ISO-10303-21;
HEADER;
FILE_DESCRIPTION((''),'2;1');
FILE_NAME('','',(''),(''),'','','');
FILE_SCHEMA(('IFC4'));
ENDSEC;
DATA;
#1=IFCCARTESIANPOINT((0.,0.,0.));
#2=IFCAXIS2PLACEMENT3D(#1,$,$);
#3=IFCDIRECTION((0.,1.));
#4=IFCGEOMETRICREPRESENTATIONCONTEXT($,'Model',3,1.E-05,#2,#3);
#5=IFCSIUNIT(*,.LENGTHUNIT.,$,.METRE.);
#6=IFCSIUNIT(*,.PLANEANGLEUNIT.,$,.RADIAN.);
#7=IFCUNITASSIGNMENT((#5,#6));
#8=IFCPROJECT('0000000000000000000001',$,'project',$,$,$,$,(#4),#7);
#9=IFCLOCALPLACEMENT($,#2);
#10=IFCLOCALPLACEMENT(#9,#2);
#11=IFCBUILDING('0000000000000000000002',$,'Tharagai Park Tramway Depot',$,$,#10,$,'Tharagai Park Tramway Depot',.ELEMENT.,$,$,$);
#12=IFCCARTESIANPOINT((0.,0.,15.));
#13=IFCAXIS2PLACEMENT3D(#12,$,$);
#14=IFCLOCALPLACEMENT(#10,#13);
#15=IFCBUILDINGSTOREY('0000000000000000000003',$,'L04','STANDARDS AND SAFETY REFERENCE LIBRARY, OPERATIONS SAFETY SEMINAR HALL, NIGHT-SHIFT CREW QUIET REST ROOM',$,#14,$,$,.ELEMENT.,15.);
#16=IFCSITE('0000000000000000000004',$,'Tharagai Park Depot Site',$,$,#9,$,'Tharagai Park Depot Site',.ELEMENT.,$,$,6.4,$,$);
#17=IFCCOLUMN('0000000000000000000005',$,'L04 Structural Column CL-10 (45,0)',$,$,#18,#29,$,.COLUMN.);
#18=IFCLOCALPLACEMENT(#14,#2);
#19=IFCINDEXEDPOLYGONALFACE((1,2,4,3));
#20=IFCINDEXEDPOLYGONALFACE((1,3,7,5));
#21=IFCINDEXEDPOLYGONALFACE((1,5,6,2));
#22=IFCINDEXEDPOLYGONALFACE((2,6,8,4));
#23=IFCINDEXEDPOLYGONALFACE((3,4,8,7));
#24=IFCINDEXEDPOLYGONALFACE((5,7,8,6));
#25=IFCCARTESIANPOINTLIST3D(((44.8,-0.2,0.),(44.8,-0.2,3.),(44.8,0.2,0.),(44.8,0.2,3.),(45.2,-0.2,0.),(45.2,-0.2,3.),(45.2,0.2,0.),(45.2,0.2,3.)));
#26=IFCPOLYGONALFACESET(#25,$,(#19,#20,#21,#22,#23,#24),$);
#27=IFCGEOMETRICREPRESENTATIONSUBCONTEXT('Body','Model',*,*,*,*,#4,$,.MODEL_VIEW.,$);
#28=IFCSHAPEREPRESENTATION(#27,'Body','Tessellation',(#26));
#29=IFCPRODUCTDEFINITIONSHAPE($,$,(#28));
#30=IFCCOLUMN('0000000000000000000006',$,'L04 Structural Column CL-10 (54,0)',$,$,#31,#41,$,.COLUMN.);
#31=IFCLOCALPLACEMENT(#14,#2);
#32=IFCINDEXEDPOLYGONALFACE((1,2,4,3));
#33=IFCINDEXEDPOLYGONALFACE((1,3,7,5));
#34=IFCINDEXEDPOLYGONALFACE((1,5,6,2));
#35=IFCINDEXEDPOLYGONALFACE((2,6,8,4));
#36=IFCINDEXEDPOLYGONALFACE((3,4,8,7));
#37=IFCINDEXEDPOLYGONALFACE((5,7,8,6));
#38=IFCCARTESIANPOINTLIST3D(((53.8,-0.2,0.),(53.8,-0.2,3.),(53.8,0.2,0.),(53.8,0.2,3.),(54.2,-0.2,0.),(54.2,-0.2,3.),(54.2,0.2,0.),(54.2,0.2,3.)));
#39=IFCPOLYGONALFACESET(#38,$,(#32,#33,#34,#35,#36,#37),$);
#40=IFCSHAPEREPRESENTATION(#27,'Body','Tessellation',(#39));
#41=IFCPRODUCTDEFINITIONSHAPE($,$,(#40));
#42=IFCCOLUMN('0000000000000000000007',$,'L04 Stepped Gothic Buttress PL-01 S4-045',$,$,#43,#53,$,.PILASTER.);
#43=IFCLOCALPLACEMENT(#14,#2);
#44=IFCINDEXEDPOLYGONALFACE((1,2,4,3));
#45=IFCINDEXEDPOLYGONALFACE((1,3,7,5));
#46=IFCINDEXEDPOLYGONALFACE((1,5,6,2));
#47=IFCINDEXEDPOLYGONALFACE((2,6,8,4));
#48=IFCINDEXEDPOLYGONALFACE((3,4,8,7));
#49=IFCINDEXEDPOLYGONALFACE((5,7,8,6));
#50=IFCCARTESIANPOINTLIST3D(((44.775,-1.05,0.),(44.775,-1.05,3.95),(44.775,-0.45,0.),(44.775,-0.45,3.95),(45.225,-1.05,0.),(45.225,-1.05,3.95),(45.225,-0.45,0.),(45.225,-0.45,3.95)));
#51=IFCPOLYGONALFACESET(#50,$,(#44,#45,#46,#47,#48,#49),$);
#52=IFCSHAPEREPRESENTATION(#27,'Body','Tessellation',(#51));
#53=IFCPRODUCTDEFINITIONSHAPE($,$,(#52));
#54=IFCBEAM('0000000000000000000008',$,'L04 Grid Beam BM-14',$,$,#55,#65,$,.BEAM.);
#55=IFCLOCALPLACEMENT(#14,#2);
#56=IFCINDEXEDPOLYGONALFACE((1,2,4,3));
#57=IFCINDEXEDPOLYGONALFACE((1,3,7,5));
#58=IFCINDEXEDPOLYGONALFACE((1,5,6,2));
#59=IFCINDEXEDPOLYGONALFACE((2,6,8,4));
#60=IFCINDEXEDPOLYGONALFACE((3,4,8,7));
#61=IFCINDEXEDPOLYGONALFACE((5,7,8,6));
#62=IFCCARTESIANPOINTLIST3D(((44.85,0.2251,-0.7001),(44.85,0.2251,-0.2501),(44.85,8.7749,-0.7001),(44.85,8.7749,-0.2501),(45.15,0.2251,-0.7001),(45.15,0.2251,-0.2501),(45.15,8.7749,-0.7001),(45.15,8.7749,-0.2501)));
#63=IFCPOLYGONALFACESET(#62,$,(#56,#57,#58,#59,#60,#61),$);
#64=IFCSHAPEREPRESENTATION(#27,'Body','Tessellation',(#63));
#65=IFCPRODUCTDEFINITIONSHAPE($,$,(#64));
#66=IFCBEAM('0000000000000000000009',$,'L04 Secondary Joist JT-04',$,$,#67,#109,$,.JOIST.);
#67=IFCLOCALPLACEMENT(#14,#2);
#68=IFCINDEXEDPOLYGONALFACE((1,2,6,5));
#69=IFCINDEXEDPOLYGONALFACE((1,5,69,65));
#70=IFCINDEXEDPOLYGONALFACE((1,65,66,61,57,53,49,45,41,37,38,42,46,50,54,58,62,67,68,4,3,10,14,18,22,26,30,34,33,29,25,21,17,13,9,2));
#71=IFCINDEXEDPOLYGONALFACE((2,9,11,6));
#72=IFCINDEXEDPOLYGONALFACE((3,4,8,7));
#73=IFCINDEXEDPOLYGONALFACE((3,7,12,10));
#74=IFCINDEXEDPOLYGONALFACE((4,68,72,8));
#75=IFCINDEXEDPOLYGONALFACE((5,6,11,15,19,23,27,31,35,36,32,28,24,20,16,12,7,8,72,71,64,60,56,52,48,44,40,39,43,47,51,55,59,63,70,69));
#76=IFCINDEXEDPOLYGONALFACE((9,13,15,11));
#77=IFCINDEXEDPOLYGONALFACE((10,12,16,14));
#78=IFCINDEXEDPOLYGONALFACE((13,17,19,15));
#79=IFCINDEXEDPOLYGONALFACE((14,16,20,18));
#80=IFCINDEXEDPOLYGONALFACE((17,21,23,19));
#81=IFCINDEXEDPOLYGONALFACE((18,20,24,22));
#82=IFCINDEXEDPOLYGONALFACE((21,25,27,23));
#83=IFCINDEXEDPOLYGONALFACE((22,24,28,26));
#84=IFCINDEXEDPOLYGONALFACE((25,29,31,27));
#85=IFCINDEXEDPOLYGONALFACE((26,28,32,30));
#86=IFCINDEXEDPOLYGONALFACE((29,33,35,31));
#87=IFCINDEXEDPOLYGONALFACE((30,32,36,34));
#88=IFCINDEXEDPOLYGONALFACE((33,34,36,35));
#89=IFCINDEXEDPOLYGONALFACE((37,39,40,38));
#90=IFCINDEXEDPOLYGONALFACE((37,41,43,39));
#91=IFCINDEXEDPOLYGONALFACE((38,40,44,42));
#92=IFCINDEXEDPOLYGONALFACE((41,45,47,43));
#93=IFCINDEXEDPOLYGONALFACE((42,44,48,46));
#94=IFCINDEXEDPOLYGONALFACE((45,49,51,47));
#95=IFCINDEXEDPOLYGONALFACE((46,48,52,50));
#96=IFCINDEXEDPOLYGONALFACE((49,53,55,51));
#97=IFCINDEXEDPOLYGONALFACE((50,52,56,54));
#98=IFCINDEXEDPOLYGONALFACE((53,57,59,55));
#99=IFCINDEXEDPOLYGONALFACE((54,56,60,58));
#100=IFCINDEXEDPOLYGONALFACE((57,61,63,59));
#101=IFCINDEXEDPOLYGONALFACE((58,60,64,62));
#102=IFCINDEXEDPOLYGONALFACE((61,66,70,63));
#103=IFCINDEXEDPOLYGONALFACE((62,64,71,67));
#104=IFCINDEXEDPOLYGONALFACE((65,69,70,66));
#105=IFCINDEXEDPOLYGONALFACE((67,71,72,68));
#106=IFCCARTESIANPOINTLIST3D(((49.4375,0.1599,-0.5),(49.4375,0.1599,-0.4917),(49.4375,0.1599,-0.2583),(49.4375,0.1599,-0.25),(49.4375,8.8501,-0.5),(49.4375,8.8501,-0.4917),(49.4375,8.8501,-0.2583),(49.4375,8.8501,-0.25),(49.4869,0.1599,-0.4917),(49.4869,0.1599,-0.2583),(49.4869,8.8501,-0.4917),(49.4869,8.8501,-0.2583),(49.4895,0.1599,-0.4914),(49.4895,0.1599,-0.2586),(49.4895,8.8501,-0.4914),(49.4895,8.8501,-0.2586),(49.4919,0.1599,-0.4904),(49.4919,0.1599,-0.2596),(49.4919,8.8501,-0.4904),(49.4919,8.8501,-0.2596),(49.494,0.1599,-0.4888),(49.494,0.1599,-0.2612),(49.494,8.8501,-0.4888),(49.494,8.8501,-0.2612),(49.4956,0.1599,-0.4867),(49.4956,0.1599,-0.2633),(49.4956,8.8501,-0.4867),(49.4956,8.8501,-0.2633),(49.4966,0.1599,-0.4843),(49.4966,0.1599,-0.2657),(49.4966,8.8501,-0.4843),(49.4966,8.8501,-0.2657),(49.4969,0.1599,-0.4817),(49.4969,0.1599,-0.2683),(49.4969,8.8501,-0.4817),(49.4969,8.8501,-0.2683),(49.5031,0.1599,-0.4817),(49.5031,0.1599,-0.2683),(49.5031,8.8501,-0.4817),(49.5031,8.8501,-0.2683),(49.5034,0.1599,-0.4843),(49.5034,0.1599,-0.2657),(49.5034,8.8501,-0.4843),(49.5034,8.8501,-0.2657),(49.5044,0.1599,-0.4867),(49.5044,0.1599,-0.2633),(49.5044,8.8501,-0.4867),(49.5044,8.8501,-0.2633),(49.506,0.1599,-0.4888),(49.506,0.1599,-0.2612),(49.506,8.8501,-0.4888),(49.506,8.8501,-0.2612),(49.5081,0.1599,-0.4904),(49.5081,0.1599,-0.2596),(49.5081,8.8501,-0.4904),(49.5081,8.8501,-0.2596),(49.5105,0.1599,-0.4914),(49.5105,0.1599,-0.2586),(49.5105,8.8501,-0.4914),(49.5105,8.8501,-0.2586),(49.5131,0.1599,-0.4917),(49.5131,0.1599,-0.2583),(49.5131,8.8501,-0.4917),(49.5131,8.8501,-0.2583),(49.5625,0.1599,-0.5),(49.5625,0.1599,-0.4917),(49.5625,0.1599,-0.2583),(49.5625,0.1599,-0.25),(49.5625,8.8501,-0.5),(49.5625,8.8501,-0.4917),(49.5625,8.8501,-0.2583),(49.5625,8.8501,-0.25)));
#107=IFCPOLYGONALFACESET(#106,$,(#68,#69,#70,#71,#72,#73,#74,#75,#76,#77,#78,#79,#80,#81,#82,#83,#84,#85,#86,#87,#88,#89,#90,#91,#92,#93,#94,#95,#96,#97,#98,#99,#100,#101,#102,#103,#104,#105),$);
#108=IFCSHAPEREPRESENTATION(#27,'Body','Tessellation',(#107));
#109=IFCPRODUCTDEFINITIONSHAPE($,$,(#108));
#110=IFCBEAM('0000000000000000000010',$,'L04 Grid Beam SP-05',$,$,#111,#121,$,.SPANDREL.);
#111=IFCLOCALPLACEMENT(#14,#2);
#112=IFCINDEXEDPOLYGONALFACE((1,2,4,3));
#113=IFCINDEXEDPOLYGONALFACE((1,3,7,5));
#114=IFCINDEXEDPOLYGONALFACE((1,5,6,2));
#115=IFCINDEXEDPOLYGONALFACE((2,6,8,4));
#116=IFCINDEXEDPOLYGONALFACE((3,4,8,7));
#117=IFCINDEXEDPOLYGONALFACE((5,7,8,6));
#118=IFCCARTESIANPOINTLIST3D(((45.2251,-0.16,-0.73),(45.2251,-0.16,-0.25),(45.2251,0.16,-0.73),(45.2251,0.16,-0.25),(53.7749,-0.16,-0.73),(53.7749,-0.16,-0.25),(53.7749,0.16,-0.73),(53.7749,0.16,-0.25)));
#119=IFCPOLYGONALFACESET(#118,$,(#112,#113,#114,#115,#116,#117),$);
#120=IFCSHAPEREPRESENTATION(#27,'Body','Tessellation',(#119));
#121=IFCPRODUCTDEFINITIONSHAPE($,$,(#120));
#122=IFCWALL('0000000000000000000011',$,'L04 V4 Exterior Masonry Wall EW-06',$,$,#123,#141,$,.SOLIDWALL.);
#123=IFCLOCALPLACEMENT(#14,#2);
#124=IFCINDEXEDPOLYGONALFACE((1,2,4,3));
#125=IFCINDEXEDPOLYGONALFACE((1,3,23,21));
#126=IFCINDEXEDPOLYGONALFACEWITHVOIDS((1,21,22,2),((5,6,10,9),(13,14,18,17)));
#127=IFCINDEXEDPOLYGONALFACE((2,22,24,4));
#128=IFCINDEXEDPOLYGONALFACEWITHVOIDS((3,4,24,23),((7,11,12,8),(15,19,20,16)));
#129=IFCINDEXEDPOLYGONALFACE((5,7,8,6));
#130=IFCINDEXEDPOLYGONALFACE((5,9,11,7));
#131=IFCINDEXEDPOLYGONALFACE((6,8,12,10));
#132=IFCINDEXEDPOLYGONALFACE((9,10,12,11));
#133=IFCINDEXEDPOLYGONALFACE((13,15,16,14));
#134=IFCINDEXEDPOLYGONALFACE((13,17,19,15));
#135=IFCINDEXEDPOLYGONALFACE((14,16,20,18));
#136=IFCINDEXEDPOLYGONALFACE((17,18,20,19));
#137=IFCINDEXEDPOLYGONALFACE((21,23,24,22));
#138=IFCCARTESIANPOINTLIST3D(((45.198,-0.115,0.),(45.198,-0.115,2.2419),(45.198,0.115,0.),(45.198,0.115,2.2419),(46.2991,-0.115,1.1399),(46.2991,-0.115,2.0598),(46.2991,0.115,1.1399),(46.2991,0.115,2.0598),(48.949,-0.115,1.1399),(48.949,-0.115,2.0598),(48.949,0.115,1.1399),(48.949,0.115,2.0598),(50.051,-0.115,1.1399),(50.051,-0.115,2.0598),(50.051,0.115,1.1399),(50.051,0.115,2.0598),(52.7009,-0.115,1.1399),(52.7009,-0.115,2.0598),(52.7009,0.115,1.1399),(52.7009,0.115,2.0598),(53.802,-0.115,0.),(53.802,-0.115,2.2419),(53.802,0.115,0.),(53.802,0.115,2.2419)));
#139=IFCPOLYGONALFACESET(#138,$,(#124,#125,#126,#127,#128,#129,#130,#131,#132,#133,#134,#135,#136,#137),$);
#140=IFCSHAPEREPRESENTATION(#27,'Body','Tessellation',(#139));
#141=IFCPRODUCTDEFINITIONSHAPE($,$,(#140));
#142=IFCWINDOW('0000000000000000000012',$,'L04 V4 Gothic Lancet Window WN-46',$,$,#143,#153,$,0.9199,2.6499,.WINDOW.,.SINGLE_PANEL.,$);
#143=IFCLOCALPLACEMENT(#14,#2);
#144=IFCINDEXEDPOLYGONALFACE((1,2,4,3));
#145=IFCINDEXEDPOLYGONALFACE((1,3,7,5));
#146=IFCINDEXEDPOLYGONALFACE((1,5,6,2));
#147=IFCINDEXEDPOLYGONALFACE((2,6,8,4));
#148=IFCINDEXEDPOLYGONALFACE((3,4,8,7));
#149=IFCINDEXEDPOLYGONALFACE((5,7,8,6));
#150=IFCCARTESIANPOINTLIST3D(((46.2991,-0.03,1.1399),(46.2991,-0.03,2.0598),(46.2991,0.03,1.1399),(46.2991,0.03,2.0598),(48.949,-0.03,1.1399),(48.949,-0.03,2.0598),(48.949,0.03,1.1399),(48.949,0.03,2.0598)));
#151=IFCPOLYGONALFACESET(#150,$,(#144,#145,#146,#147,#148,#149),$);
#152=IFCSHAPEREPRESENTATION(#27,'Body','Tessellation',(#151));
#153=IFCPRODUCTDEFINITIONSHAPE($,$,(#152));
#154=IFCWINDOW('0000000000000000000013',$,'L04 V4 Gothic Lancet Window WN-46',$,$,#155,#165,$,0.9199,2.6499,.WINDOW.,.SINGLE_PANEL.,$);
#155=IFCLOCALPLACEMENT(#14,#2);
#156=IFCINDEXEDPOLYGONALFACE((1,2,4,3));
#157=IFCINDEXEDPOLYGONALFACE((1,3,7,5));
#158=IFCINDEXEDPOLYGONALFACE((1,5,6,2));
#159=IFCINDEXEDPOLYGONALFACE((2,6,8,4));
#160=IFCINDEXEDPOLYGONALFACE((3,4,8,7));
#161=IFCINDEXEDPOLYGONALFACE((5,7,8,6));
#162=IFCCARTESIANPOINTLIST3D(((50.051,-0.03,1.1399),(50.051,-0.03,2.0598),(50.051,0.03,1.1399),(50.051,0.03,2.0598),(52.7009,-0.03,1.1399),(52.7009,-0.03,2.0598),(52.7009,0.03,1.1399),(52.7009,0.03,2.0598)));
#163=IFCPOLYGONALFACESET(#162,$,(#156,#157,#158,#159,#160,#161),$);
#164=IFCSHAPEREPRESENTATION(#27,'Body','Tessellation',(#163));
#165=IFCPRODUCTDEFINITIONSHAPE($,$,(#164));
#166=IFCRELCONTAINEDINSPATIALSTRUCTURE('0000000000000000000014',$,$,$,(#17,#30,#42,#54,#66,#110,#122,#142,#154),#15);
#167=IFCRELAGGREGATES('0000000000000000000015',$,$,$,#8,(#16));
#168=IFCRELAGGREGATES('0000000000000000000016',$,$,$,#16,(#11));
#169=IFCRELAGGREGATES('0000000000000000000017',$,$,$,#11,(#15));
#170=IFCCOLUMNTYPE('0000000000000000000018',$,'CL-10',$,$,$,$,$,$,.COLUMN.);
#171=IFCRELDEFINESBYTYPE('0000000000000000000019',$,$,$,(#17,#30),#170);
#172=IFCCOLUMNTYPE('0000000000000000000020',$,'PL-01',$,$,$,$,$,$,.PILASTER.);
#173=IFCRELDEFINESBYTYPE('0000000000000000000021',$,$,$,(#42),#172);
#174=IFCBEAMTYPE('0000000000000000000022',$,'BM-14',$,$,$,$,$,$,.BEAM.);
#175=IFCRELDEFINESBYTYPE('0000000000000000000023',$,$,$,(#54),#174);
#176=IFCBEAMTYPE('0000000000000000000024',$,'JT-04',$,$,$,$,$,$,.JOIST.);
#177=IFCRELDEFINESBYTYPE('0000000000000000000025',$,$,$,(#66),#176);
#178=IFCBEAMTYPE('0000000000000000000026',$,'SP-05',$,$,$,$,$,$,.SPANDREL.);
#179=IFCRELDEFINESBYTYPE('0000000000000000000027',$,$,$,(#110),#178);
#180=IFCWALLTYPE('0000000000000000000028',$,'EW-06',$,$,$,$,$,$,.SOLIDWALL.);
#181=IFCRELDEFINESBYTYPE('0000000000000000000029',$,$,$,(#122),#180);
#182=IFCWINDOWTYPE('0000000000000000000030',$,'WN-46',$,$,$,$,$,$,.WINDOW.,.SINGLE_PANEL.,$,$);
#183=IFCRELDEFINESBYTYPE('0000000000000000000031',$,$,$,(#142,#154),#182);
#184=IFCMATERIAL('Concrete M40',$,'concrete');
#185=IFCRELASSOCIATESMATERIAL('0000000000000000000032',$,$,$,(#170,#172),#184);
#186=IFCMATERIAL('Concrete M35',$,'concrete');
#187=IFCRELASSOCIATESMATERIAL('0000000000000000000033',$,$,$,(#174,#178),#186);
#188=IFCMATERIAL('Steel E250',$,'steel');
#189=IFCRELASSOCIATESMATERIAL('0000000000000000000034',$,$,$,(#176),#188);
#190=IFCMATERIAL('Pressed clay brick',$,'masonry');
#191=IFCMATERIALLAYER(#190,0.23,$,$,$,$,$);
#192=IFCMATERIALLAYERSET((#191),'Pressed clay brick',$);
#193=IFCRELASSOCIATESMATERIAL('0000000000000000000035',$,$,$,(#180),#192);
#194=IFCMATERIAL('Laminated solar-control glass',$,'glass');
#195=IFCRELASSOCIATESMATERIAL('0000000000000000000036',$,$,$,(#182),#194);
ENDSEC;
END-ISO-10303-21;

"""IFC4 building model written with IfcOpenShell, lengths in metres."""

from ifc_helpers import new_model, si_unit, direction, frame, frame_2d, origin, origin_2d, place, context, subcontext, project, spatial, rectangle, i_section, extrude, material, layer, layer_set, material_profile, profile_set, type_object, element, fill, save


model = new_model("IFC4")

# Units and contexts
model_context = context("Model", 3, precision=1e-05, world=origin(), true_north=direction((0.0, 1.0)))
body_context = subcontext(model_context, "Body", "Model", "MODEL_VIEW")
ifc_project = project(units=[si_unit("LENGTHUNIT", "METRE"), si_unit("PLANEANGLEUNIT", "RADIAN")], contexts=[model_context])

# Site, building, storey
site_placement = place(None, origin())
site = spatial("IfcSite", under=ifc_project, at=site_placement, Name="Tharagai Park Depot Site", LongName="Tharagai Park Depot Site", CompositionType="ELEMENT", RefElevation=6.4)
building_placement = place(site_placement, origin())
building = spatial("IfcBuilding", under=site, at=building_placement, Name="Tharagai Park Tramway Depot", LongName="Tharagai Park Tramway Depot", CompositionType="ELEMENT")
storey_placement = place(building_placement, frame((0.0, 0.0, 15.0)))
storey = spatial("IfcBuildingStorey", under=building, at=storey_placement, Name="L04", Description="STANDARDS AND SAFETY REFERENCE LIBRARY, OPERATIONS SAFETY SEMINAR HALL, NIGHT-SHIFT CREW QUIET REST ROOM", CompositionType="ELEMENT", Elevation=15.0)

# Columns
ifc_material_1 = material(Name="Concrete M40", Category="concrete")
ifc_material_profile_1 = material_profile(ifc_material_1, rectangle(XDim=0.3999, YDim=0.3999, at=origin_2d()), Name="RC 400x400")
ifc_profile_set_1 = profile_set([ifc_material_profile_1], Name="Concrete M40")
column_type_1 = type_object("IfcColumnType", Name="CL-10", PredefinedType="COLUMN", material=ifc_profile_set_1)
for number, where, z_axis, x_axis, name in (
    (1, (45.0, 0.0, 0.0), (0.0, 0.0, 1.0), (1.0, 0.0, 0.0), "L04 Structural Column CL-10 (45,0)"),
    (2, (54.0, 0.0, 0.0), (0.0, 0.0, 1.0), (1.0, 0.0, 0.0), "L04 Structural Column CL-10 (54,0)"),
):
    element("IfcColumn", number, at=place(storey_placement, frame(where, z_axis=z_axis, x_axis=x_axis)), inside=storey, type_object=column_type_1, Name=name, PredefinedType="COLUMN", context=body_context, shape_type="SweptSolid", body=[
        extrude(rectangle(XDim=0.3999, YDim=0.3999, at=origin_2d()), origin(), (0.0, 0.0, 1.0), 3.0),
    ])
ifc_material_profile_2 = material_profile(ifc_material_1, rectangle(XDim=0.45, YDim=0.6001, at=origin_2d()), Name="RC 450x600")
ifc_profile_set_2 = profile_set([ifc_material_profile_2], Name="Concrete M40")
column_type_2 = type_object("IfcColumnType", Name="PL-01", PredefinedType="PILASTER", material=ifc_profile_set_2)
column_placement = place(storey_placement, frame((45.0, -0.75, 0.0), z_axis=(0.0, 0.0, 1.0), x_axis=(1.0, 0.0, 0.0)))
element("IfcColumn", 3, at=column_placement, inside=storey, type_object=column_type_2, Name="L04 Stepped Gothic Buttress PL-01 S4-045", PredefinedType="PILASTER", context=body_context, shape_type="SweptSolid", body=[
    extrude(rectangle(XDim=0.45, YDim=0.6001, at=origin_2d()), origin(), (0.0, 0.0, 1.0), 3.95),
])

# Beams
ifc_material_2 = material(Name="Concrete M35", Category="concrete")
ifc_material_profile_3 = material_profile(ifc_material_2, rectangle(XDim=0.3, YDim=0.45, at=origin_2d()), Name="RC 300x450")
ifc_profile_set_3 = profile_set([ifc_material_profile_3], Name="Concrete M35")
beam_type_1 = type_object("IfcBeamType", Name="BM-14", PredefinedType="BEAM", material=ifc_profile_set_3)
beam_1_placement = place(storey_placement, frame((45.0, 0.2251, -0.4751), z_axis=(0.0, 1.0, 0.0), x_axis=(-1.0, 0.0, 0.0)))
element("IfcBeam", 4, at=beam_1_placement, inside=storey, type_object=beam_type_1, Name="L04 Grid Beam BM-14", PredefinedType="BEAM", context=body_context, shape_type="SweptSolid", body=[
    extrude(rectangle(XDim=0.3, YDim=0.45, at=origin_2d()), origin(), (0.0, 0.0, 1.0), 8.5498),
])
ifc_material_3 = material(Name="Steel E250", Category="steel")
ifc_material_profile_4 = material_profile(ifc_material_3, i_section(OverallWidth=0.125, OverallDepth=0.25, WebThickness=0.0061, FlangeThickness=0.0083, FilletRadius=0.01, at=origin_2d()), Name="ISLB 250")
ifc_profile_set_4 = profile_set([ifc_material_profile_4], Name="Steel E250")
beam_type_2 = type_object("IfcBeamType", Name="JT-04", PredefinedType="JOIST", material=ifc_profile_set_4)
beam_2_placement = place(storey_placement, frame((49.5, 0.1599, -0.375), z_axis=(0.0, 1.0, 0.0), x_axis=(-1.0, 0.0, 0.0)))
element("IfcBeam", 5, at=beam_2_placement, inside=storey, type_object=beam_type_2, Name="L04 Secondary Joist JT-04", PredefinedType="JOIST", context=body_context, shape_type="SweptSolid", body=[
    extrude(i_section(OverallWidth=0.125, OverallDepth=0.25, WebThickness=0.0061, FlangeThickness=0.0083, FilletRadius=0.01, at=origin_2d()), origin(), (0.0, 0.0, 1.0), 8.6902),
])
ifc_material_profile_5 = material_profile(ifc_material_2, rectangle(XDim=0.3201, YDim=0.48, at=origin_2d()), Name="RC 320x480")
ifc_profile_set_5 = profile_set([ifc_material_profile_5], Name="Concrete M35")
beam_type_3 = type_object("IfcBeamType", Name="SP-05", PredefinedType="SPANDREL", material=ifc_profile_set_5)
beam_3_placement = place(storey_placement, frame((45.2251, 0.0, -0.49), z_axis=(1.0, 0.0, 0.0), x_axis=(0.0, 1.0, 0.0)))
element("IfcBeam", 6, at=beam_3_placement, inside=storey, type_object=beam_type_3, Name="L04 Grid Beam SP-05", PredefinedType="SPANDREL", context=body_context, shape_type="SweptSolid", body=[
    extrude(rectangle(XDim=0.3201, YDim=0.48, at=origin_2d()), origin(), (0.0, 0.0, 1.0), 8.5498),
])

# Wall, openings, windows
ifc_material_4 = material(Name="Pressed clay brick", Category="masonry")
ifc_layer_1 = layer(ifc_material_4, 0.23)
ifc_layer_set_1 = layer_set([ifc_layer_1], Name="Pressed clay brick")
wall_type_1 = type_object("IfcWallType", Name="EW-06", PredefinedType="SOLIDWALL", material=ifc_layer_set_1)
wall_1_placement = place(storey_placement, frame((45.198, 0.0, 0.0), z_axis=(0.0, 0.0, 1.0), x_axis=(1.0, 0.0, 0.0)))
wall_1 = element("IfcWall", 7, at=wall_1_placement, inside=storey, type_object=wall_type_1, Name="L04 V4 Exterior Masonry Wall EW-06", PredefinedType="SOLIDWALL", context=body_context, shape_type="SweptSolid", body=[
    extrude(rectangle(XDim=8.604, YDim=0.23, at=frame_2d((4.302, 0.0))), origin(), (0.0, 0.0, 1.0), 2.2419),
])
opening_1_placement = place(wall_1_placement, frame((1.1011, 0.0, 1.1399)))
opening_1 = element("IfcOpeningElement", 8, at=opening_1_placement, cuts=wall_1, PredefinedType="OPENING", context=body_context, shape_type="SweptSolid", body=[
    extrude(rectangle(XDim=2.6499, YDim=0.9199, at=frame_2d((1.325, 0.46))), frame((0.0, 0.125, 0.0), z_axis=(0.0, -1.0, 0.0), x_axis=(1.0, 0.0, 0.0)), (0.0, 0.0, 1.0), 0.25),
])
opening_2_placement = place(wall_1_placement, frame((4.853, 0.0, 1.1399)))
opening_2 = element("IfcOpeningElement", 9, at=opening_2_placement, cuts=wall_1, PredefinedType="OPENING", context=body_context, shape_type="SweptSolid", body=[
    extrude(rectangle(XDim=2.6499, YDim=0.9199, at=frame_2d((1.325, 0.46))), frame((0.0, 0.125, 0.0), z_axis=(0.0, -1.0, 0.0), x_axis=(1.0, 0.0, 0.0)), (0.0, 0.0, 1.0), 0.25),
])
ifc_material_5 = material(Name="Laminated solar-control glass", Category="glass")
window_type = type_object("IfcWindowType", Name="WN-46", PartitioningType="SINGLE_PANEL", PredefinedType="WINDOW", material=ifc_material_5)
window_1_placement = place(opening_1_placement, origin())
window_1 = element("IfcWindow", 10, at=window_1_placement, inside=storey, type_object=window_type, Name="L04 V4 Gothic Lancet Window WN-46", OverallHeight=0.9199, OverallWidth=2.6499, PartitioningType="SINGLE_PANEL", PredefinedType="WINDOW", context=body_context, shape_type="SweptSolid", body=[
    extrude(rectangle(XDim=2.6499, YDim=0.9199, at=frame_2d((1.325, 0.46))), frame((0.0, 0.03, 0.0), z_axis=(0.0, -1.0, 0.0), x_axis=(1.0, 0.0, 0.0)), (0.0, 0.0, 1.0), 0.0601),
])
fill(opening_1, window_1)
window_2_placement = place(opening_2_placement, origin())
window_2 = element("IfcWindow", 11, at=window_2_placement, inside=storey, type_object=window_type, Name="L04 V4 Gothic Lancet Window WN-46", OverallHeight=0.9199, OverallWidth=2.6499, PartitioningType="SINGLE_PANEL", PredefinedType="WINDOW", context=body_context, shape_type="SweptSolid", body=[
    extrude(rectangle(XDim=2.6499, YDim=0.9199, at=frame_2d((1.325, 0.46))), frame((0.0, 0.03, 0.0), z_axis=(0.0, -1.0, 0.0), x_axis=(1.0, 0.0, 0.0)), (0.0, 0.0, 1.0), 0.0601),
])
fill(opening_2, window_2)

save(model, "model.ifc")
